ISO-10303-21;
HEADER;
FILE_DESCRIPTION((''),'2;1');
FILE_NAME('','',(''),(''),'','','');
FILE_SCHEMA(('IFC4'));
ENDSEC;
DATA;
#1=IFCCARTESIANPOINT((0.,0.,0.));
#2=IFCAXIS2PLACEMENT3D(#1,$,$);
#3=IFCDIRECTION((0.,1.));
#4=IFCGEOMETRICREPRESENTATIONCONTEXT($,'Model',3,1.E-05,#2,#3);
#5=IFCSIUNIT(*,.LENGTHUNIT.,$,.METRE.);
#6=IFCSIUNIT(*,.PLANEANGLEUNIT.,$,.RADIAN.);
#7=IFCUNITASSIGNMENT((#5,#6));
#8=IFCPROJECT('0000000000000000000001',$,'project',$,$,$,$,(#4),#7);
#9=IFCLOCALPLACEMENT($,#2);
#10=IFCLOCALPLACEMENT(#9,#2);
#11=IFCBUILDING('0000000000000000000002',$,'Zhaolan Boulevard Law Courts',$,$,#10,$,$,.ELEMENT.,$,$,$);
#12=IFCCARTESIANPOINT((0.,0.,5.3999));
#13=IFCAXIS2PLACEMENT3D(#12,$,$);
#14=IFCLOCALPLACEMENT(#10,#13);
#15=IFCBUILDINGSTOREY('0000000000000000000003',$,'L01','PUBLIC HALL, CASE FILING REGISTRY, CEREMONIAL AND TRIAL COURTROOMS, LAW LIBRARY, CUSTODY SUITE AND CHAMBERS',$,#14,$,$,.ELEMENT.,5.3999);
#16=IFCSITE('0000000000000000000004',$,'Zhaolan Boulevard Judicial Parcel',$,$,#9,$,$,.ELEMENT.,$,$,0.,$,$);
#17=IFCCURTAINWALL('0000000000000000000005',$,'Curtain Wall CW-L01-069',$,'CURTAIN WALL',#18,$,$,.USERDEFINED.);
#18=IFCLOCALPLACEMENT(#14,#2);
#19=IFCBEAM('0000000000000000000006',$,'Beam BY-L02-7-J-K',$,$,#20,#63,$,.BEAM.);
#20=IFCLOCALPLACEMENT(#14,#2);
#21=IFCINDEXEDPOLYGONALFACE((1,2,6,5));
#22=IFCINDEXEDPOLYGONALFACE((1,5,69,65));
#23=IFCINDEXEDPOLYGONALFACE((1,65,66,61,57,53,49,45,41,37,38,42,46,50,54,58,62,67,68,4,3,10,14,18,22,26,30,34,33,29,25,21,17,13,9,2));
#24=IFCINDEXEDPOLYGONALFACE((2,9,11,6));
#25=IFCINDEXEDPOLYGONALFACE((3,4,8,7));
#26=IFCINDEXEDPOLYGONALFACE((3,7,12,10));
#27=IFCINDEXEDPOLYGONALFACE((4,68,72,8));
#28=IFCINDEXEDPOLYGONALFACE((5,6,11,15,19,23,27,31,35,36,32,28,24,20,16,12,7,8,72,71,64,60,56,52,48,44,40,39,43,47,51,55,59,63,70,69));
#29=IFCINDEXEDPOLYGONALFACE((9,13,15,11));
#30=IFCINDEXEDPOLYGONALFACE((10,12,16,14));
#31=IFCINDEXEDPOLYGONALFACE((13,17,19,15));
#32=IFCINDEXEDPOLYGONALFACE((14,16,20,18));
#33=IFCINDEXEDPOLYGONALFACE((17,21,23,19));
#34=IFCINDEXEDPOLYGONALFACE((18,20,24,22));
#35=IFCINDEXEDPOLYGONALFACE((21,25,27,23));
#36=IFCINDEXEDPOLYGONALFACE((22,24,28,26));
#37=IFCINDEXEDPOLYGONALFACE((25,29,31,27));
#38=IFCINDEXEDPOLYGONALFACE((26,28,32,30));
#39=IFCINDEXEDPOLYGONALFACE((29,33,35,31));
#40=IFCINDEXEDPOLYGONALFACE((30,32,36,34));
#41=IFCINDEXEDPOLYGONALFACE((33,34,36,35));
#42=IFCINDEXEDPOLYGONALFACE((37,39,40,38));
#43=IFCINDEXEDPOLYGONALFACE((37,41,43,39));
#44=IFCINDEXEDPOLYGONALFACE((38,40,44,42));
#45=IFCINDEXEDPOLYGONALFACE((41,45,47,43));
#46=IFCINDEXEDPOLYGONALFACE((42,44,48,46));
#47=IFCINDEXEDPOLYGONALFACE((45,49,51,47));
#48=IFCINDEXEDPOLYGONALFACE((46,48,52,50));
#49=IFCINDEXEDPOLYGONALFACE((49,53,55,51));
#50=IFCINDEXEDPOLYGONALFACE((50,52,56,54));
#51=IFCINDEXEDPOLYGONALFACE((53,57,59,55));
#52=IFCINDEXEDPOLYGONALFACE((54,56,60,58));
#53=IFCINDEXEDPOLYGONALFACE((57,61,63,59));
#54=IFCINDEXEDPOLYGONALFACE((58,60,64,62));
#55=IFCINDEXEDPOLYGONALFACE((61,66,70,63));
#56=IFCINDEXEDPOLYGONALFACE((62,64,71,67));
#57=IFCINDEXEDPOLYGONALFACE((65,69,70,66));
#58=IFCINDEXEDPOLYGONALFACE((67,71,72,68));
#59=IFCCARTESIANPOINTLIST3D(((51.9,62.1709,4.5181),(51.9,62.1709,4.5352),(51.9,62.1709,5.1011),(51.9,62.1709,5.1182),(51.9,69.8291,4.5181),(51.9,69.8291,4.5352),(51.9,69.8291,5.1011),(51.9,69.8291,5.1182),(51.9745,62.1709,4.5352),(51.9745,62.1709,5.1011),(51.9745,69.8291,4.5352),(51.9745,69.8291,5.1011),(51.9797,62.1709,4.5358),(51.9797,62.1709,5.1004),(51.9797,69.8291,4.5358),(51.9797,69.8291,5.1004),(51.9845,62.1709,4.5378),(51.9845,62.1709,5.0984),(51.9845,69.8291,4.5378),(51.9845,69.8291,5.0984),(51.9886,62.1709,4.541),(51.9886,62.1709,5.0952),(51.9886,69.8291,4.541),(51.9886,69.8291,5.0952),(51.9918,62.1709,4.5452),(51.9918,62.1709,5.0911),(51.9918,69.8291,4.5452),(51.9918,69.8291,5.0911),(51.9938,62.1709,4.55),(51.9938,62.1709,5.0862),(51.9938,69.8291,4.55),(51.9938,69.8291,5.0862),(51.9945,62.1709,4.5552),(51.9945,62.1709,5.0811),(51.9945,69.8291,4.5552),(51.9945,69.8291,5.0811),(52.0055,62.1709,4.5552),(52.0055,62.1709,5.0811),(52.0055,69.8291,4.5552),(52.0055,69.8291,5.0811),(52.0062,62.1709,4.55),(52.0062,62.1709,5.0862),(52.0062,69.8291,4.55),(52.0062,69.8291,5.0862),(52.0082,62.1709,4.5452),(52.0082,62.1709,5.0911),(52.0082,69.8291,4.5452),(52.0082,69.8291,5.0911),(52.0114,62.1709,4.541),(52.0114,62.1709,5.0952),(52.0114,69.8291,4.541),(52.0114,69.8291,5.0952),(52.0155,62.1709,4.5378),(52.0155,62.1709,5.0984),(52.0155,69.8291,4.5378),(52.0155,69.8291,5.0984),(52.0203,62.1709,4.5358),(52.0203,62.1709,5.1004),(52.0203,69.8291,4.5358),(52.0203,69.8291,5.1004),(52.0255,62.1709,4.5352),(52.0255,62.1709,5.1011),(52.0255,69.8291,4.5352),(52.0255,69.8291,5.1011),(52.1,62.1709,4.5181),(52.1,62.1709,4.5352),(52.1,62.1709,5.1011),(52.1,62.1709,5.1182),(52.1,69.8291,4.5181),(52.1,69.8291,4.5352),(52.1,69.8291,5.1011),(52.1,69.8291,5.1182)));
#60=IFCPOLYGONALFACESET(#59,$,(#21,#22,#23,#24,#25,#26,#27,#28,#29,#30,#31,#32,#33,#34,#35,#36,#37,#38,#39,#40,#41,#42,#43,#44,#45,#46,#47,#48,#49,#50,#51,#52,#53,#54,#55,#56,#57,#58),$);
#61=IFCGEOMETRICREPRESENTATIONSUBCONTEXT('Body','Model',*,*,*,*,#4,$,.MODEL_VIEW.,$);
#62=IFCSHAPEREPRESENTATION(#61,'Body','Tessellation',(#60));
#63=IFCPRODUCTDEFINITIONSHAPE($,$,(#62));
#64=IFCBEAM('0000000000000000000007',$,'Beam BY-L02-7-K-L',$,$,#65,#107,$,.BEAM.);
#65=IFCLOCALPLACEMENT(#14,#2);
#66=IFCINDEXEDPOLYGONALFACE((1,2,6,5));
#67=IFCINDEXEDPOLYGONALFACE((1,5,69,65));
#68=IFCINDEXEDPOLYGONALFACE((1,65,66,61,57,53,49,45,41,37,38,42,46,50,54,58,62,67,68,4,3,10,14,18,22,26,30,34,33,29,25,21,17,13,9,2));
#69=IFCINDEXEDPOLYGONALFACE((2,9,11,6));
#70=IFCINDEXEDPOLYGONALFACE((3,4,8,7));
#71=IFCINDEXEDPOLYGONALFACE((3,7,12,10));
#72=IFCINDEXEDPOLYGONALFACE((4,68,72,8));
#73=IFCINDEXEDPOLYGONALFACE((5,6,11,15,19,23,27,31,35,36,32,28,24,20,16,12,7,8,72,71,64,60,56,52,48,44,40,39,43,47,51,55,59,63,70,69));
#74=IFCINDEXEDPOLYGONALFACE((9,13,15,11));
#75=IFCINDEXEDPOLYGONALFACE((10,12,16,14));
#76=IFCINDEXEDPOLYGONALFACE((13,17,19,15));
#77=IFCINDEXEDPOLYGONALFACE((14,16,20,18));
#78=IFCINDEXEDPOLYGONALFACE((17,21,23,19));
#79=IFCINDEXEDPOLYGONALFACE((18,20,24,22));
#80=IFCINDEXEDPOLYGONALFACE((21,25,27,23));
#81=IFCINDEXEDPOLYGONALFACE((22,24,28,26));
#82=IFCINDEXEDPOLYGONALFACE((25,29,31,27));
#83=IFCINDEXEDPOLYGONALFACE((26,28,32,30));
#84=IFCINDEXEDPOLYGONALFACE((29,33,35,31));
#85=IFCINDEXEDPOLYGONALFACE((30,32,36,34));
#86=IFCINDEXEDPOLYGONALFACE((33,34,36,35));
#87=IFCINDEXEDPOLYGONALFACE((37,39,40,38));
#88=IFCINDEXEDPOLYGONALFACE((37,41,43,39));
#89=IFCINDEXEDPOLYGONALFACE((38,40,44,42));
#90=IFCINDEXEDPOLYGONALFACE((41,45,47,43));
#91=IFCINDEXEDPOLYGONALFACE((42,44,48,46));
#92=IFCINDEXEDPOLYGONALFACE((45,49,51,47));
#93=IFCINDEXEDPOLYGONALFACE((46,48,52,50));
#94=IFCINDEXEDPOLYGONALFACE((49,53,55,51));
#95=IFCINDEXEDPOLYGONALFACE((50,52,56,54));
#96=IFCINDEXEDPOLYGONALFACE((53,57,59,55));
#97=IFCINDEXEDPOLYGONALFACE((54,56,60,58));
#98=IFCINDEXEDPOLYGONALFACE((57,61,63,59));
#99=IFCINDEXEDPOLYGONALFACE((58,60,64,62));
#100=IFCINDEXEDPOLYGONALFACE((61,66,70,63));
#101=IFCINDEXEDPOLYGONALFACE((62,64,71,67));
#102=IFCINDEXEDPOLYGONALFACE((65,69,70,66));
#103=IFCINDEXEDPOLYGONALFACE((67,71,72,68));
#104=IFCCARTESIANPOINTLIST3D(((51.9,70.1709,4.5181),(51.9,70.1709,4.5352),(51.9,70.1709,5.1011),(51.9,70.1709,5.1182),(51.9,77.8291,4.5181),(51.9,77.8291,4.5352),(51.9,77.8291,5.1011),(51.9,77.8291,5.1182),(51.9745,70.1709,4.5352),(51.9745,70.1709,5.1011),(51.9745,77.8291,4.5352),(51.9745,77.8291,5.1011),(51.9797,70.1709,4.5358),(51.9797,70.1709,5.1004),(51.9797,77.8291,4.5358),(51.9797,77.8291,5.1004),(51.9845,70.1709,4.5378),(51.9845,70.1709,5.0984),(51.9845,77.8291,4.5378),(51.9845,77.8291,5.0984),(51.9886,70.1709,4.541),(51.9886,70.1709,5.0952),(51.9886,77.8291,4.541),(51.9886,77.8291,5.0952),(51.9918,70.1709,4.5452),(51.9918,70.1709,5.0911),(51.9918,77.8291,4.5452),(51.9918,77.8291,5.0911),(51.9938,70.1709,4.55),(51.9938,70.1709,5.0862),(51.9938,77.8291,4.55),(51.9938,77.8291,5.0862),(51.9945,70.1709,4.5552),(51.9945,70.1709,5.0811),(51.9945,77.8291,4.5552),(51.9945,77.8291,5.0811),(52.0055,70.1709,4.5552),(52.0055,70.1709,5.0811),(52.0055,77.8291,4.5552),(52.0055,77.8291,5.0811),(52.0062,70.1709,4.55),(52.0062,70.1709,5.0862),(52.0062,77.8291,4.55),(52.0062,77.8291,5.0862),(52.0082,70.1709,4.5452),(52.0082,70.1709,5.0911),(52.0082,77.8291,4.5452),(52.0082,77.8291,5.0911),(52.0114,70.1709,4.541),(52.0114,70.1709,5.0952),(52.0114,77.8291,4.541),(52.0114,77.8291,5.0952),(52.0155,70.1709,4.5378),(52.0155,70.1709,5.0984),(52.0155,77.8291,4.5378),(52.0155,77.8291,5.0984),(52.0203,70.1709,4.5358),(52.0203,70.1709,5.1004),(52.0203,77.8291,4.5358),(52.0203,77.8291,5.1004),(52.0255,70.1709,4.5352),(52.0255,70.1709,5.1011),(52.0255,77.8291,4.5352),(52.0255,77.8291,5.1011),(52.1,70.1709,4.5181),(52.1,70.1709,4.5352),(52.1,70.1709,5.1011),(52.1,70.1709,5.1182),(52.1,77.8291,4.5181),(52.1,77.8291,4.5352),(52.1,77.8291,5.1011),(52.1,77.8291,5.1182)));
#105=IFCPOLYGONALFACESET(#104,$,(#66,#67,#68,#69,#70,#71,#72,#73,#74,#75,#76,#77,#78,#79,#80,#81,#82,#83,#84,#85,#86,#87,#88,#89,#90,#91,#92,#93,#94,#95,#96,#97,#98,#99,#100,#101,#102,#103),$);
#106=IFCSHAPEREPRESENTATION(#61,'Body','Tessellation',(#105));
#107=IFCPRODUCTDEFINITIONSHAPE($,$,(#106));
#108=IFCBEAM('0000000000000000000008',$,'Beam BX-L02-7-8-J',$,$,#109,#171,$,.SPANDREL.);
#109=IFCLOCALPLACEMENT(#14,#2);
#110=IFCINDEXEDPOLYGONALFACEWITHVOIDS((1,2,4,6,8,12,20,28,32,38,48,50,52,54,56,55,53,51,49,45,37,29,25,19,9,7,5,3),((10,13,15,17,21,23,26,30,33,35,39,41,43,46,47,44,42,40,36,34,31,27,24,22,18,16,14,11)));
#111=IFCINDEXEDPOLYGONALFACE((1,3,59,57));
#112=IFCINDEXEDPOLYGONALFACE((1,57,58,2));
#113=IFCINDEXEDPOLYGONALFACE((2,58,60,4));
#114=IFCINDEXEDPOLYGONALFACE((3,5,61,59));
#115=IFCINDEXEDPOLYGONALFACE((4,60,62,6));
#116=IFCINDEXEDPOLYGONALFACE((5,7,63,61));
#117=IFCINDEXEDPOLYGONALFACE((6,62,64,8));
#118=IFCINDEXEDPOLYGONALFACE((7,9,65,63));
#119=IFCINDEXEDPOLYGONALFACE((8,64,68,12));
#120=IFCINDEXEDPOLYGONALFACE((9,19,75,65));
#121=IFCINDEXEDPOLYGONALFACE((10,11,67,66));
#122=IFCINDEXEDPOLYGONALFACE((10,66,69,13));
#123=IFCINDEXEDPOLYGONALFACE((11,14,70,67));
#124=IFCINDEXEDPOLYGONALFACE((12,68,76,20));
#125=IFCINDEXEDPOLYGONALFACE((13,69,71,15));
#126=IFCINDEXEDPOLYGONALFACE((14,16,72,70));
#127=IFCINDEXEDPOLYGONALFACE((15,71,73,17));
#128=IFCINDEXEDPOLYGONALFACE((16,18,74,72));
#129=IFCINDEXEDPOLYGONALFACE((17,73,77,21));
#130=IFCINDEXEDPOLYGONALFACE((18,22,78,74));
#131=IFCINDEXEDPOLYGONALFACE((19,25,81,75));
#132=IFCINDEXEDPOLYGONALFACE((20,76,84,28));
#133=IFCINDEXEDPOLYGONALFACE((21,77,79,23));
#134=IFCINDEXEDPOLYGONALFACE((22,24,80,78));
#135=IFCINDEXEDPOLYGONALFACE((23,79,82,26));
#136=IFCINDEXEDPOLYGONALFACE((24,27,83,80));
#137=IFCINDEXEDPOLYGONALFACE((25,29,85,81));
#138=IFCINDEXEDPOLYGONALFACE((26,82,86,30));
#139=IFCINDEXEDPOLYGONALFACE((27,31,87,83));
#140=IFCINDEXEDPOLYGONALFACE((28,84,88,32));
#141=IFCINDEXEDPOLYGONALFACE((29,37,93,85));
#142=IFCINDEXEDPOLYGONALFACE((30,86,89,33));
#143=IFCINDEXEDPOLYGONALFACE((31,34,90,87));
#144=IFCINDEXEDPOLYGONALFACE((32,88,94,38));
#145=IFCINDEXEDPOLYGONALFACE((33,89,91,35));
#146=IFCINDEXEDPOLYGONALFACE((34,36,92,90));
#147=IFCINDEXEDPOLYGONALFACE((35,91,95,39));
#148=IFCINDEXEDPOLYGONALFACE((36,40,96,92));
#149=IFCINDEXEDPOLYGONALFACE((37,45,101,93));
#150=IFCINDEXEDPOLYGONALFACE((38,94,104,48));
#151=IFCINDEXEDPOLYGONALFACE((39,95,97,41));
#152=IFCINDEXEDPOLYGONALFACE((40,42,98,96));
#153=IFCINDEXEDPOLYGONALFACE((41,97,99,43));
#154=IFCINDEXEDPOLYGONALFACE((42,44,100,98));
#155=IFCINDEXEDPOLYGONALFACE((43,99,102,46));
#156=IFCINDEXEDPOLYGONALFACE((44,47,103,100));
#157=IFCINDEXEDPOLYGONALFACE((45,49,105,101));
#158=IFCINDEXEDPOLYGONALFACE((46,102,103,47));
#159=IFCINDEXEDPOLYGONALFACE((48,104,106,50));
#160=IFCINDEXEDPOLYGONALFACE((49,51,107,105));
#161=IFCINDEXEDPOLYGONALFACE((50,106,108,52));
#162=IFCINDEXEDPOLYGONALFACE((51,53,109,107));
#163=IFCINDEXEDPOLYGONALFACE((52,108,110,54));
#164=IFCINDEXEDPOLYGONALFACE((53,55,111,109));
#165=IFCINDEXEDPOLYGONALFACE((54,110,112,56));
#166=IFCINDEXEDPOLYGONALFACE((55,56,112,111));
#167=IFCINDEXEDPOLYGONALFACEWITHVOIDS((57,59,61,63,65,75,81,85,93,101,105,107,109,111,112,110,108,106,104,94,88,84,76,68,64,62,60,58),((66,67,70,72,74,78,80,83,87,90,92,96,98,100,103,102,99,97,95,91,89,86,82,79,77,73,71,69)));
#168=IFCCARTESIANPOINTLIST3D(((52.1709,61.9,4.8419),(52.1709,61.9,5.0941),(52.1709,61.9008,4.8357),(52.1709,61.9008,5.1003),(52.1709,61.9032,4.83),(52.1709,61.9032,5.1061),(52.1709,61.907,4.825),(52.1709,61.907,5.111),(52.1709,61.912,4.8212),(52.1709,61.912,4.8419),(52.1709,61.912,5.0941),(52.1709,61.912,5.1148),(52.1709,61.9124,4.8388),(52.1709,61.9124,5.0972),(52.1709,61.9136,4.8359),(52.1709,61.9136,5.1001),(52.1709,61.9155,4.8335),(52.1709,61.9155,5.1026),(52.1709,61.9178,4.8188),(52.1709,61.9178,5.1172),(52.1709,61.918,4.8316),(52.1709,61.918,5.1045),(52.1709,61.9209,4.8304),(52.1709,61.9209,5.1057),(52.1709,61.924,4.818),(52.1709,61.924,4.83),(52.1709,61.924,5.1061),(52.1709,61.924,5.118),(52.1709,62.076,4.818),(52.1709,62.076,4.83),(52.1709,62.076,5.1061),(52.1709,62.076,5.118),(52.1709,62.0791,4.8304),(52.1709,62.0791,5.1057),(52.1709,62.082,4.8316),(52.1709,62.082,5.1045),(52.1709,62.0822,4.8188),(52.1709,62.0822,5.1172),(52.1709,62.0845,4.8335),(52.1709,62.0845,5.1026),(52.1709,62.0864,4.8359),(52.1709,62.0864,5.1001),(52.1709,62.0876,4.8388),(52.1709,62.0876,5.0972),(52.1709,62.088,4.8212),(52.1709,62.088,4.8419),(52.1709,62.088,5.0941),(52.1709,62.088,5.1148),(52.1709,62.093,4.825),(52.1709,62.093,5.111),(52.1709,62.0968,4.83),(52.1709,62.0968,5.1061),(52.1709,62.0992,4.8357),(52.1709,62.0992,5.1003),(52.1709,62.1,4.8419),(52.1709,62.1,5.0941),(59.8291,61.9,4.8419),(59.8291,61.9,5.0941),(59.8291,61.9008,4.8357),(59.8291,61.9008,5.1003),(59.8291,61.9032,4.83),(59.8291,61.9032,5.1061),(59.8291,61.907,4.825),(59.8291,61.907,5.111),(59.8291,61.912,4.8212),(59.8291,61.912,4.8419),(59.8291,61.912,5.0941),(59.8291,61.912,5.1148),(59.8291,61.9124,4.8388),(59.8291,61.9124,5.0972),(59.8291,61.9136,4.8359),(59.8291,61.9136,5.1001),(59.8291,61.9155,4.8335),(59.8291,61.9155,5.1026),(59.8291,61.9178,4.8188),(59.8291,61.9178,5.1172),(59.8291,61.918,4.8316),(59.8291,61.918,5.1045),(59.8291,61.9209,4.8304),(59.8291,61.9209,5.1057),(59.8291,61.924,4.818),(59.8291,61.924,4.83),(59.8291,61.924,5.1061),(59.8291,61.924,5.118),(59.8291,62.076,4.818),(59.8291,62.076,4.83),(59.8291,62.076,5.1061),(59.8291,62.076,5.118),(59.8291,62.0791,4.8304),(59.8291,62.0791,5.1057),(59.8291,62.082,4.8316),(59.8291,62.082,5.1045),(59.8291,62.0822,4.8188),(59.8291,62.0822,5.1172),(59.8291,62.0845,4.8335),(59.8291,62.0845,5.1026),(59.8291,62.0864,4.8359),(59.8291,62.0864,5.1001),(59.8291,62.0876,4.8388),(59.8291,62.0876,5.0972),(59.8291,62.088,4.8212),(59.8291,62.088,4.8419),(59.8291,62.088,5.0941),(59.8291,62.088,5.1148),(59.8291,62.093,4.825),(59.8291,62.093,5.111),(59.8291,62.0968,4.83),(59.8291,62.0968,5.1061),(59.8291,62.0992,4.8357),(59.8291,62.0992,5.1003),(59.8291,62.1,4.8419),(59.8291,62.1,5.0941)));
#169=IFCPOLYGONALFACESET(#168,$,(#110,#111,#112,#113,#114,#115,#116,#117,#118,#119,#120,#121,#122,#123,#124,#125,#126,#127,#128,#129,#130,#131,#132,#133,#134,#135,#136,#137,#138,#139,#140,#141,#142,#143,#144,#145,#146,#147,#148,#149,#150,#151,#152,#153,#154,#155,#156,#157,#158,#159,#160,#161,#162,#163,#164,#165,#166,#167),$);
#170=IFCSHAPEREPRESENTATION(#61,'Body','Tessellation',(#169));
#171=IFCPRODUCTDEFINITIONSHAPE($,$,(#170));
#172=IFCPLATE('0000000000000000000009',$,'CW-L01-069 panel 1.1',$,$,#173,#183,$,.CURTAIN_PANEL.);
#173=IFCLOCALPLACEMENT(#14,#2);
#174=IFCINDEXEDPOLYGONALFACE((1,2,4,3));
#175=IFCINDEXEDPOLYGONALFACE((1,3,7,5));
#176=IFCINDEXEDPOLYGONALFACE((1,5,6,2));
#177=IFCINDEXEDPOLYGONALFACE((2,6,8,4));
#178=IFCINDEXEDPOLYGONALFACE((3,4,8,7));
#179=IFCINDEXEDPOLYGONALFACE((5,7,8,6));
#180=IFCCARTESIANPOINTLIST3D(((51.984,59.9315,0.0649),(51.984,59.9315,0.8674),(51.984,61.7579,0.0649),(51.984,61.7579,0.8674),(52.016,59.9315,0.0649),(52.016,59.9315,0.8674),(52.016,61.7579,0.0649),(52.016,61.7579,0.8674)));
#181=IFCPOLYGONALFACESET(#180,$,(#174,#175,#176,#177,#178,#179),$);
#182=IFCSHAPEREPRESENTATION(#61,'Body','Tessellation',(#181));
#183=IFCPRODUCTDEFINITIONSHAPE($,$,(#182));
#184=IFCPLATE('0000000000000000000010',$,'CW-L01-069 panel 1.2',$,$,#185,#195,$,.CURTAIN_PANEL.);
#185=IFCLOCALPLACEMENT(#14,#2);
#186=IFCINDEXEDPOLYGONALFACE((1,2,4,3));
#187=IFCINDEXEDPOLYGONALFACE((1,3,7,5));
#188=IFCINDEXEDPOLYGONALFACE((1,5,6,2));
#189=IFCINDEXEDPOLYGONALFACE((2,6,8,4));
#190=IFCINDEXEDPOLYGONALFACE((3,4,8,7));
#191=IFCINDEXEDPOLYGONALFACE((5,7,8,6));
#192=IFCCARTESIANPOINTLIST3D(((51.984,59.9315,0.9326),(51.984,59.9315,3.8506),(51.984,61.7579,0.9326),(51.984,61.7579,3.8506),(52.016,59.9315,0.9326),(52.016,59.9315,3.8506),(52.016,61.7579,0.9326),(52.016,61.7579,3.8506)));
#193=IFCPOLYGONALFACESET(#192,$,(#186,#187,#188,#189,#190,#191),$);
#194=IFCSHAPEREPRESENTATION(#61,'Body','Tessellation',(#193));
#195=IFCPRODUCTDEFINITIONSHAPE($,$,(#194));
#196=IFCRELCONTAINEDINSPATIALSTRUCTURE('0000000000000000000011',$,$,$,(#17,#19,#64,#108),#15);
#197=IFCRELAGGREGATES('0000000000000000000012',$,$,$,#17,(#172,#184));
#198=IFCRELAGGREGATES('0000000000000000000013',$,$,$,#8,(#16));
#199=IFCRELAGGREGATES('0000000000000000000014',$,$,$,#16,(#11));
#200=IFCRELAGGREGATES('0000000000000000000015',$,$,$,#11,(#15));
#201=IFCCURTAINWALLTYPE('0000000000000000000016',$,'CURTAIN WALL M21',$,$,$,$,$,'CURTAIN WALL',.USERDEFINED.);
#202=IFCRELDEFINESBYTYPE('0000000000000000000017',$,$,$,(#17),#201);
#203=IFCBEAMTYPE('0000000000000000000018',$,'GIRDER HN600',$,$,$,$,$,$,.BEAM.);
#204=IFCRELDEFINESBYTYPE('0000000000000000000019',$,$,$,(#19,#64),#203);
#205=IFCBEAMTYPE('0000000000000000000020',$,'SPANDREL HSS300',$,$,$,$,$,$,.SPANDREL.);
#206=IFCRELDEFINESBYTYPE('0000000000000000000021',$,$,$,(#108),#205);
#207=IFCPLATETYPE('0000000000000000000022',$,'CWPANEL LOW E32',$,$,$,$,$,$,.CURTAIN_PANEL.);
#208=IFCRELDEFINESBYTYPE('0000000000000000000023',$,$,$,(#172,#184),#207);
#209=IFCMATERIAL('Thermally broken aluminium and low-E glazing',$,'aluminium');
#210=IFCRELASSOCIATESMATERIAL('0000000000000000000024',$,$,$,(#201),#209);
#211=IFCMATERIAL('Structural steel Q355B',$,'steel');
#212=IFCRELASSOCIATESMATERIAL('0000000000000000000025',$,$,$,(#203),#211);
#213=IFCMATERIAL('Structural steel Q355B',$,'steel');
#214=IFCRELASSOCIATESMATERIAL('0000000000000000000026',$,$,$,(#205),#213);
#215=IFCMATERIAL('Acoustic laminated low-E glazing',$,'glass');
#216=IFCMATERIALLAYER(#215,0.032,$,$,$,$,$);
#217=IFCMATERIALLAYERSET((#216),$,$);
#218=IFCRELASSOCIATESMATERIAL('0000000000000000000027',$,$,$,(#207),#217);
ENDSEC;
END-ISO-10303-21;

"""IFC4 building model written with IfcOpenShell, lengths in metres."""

from ifc_helpers import new_model, si_unit, direction, frame, origin, origin_2d, place, context, subcontext, project, spatial, rectangle, hollow_rectangle, i_section, extrude, material, layer, layer_set, material_profile, profile_set, type_object, element, aggregate, save


model = new_model("IFC4")

# Units and contexts
model_context = context("Model", 3, precision=1e-05, world=origin(), true_north=direction((0.0, 1.0)))
body_context = subcontext(model_context, "Body", "Model", "MODEL_VIEW")
ifc_project = project(units=[si_unit("LENGTHUNIT", "METRE"), si_unit("PLANEANGLEUNIT", "RADIAN")], contexts=[model_context])

# Site, building, storey
site_placement = place(None, origin())
site = spatial("IfcSite", under=ifc_project, at=site_placement, Name="Zhaolan Boulevard Judicial Parcel", CompositionType="ELEMENT", RefElevation=0.0)
building_placement = place(site_placement, origin())
building = spatial("IfcBuilding", under=site, at=building_placement, Name="Zhaolan Boulevard Law Courts", CompositionType="ELEMENT")
storey_placement = place(building_placement, frame((0.0, 0.0, 5.3999)))
storey = spatial("IfcBuildingStorey", under=building, at=storey_placement, Name="L01", Description="PUBLIC HALL, CASE FILING REGISTRY, CEREMONIAL AND TRIAL COURTROOMS, LAW LIBRARY, CUSTODY SUITE AND CHAMBERS", CompositionType="ELEMENT", Elevation=5.3999)

# Curtain wall
ifc_material_1 = material(Name="Thermally broken aluminium and low-E glazing", Category="aluminium")
curtain_wall_type_1 = type_object("IfcCurtainWallType", Name="CURTAIN WALL M21", ElementType="CURTAIN WALL", PredefinedType="USERDEFINED", material=ifc_material_1)
curtain_wall_1_placement = place(storey_placement, origin())
curtain_wall_1 = element("IfcCurtainWall", 1, at=curtain_wall_1_placement, inside=storey, type_object=curtain_wall_type_1, Name="Curtain Wall CW-L01-069", ObjectType="CURTAIN WALL", PredefinedType="USERDEFINED")

# Beams
ifc_material_2 = material(Name="Structural steel Q355B", Category="steel")
ifc_material_profile_1 = material_profile(ifc_material_2, i_section(OverallWidth=0.2, OverallDepth=0.6001, WebThickness=0.011, FlangeThickness=0.0171, FilletRadius=0.02, at=origin_2d()), Name="HN600x200")
ifc_profile_set_1 = profile_set([ifc_material_profile_1], Name="Structural steel Q355B")
beam_type_1 = type_object("IfcBeamType", Name="GIRDER HN600", PredefinedType="BEAM", material=ifc_profile_set_1)
for number, where, z_axis, x_axis, name in (
    (2, (52.0, 62.1709, 4.8181), (0.0, 1.0, 0.0), (-1.0, 0.0, 0.0), "Beam BY-L02-7-J-K"),
    (3, (52.0, 70.1709, 4.8181), (0.0, 1.0, 0.0), (-1.0, 0.0, 0.0), "Beam BY-L02-7-K-L"),
):
    element("IfcBeam", number, at=place(storey_placement, frame(where, z_axis=z_axis, x_axis=x_axis)), inside=storey, type_object=beam_type_1, Name=name, PredefinedType="BEAM", context=body_context, shape_type="SweptSolid", body=[
        extrude(i_section(OverallWidth=0.2, OverallDepth=0.6001, WebThickness=0.011, FlangeThickness=0.0171, FilletRadius=0.02, at=origin_2d()), origin(), (0.0, 0.0, 1.0), 7.6582),
    ])
ifc_material_3 = material(Name="Structural steel Q355B", Category="steel")
ifc_material_profile_2 = material_profile(ifc_material_3, hollow_rectangle(XDim=0.2, YDim=0.3, WallThickness=0.012, InnerFilletRadius=0.012, OuterFilletRadius=0.0239, at=origin_2d()), Name="HSS300x200x12")
ifc_profile_set_2 = profile_set([ifc_material_profile_2], Name="Structural steel Q355B")
beam_type_2 = type_object("IfcBeamType", Name="SPANDREL HSS300", PredefinedType="SPANDREL", material=ifc_profile_set_2)
beam_1_placement = place(storey_placement, frame((52.1709, 62.0, 4.968), z_axis=(1.0, 0.0, 0.0), x_axis=(0.0, 1.0, 0.0)))
element("IfcBeam", 4, at=beam_1_placement, inside=storey, type_object=beam_type_2, Name="Beam BX-L02-7-8-J", PredefinedType="SPANDREL", context=body_context, shape_type="SweptSolid", body=[
    extrude(hollow_rectangle(XDim=0.2, YDim=0.3, WallThickness=0.012, InnerFilletRadius=0.012, OuterFilletRadius=0.0239, at=origin_2d()), origin(), (0.0, 0.0, 1.0), 7.6582),
])

# Plates
ifc_material_4 = material(Name="Acoustic laminated low-E glazing", Category="glass")
ifc_layer_1 = layer(ifc_material_4, 0.032)
ifc_layer_set_1 = layer_set([ifc_layer_1])
plate_type_1 = type_object("IfcPlateType", Name="CWPANEL LOW E32", PredefinedType="CURTAIN_PANEL", material=ifc_layer_set_1)
plate_1_placement = place(storey_placement, frame((52.0, 60.8447, 0.0649), z_axis=(0.0, 0.0, 1.0), x_axis=(0.0, -1.0, 0.0)))
plate_1 = element("IfcPlate", 5, at=plate_1_placement, type_object=plate_type_1, Name="CW-L01-069 panel 1.1", PredefinedType="CURTAIN_PANEL", context=body_context, shape_type="SweptSolid", body=[
    extrude(rectangle(XDim=1.8264, YDim=0.032, at=origin_2d()), origin(), (0.0, 0.0, 1.0), 0.8025),
])
plate_2_placement = place(storey_placement, frame((52.0, 60.8447, 0.9326), z_axis=(0.0, 0.0, 1.0), x_axis=(0.0, -1.0, 0.0)))
plate_2 = element("IfcPlate", 6, at=plate_2_placement, type_object=plate_type_1, Name="CW-L01-069 panel 1.2", PredefinedType="CURTAIN_PANEL", context=body_context, shape_type="SweptSolid", body=[
    extrude(rectangle(XDim=1.8264, YDim=0.032, at=origin_2d()), origin(), (0.0, 0.0, 1.0), 2.918),
])
aggregate(curtain_wall_1, [plate_1, plate_2])

save(model, "model.ifc")
